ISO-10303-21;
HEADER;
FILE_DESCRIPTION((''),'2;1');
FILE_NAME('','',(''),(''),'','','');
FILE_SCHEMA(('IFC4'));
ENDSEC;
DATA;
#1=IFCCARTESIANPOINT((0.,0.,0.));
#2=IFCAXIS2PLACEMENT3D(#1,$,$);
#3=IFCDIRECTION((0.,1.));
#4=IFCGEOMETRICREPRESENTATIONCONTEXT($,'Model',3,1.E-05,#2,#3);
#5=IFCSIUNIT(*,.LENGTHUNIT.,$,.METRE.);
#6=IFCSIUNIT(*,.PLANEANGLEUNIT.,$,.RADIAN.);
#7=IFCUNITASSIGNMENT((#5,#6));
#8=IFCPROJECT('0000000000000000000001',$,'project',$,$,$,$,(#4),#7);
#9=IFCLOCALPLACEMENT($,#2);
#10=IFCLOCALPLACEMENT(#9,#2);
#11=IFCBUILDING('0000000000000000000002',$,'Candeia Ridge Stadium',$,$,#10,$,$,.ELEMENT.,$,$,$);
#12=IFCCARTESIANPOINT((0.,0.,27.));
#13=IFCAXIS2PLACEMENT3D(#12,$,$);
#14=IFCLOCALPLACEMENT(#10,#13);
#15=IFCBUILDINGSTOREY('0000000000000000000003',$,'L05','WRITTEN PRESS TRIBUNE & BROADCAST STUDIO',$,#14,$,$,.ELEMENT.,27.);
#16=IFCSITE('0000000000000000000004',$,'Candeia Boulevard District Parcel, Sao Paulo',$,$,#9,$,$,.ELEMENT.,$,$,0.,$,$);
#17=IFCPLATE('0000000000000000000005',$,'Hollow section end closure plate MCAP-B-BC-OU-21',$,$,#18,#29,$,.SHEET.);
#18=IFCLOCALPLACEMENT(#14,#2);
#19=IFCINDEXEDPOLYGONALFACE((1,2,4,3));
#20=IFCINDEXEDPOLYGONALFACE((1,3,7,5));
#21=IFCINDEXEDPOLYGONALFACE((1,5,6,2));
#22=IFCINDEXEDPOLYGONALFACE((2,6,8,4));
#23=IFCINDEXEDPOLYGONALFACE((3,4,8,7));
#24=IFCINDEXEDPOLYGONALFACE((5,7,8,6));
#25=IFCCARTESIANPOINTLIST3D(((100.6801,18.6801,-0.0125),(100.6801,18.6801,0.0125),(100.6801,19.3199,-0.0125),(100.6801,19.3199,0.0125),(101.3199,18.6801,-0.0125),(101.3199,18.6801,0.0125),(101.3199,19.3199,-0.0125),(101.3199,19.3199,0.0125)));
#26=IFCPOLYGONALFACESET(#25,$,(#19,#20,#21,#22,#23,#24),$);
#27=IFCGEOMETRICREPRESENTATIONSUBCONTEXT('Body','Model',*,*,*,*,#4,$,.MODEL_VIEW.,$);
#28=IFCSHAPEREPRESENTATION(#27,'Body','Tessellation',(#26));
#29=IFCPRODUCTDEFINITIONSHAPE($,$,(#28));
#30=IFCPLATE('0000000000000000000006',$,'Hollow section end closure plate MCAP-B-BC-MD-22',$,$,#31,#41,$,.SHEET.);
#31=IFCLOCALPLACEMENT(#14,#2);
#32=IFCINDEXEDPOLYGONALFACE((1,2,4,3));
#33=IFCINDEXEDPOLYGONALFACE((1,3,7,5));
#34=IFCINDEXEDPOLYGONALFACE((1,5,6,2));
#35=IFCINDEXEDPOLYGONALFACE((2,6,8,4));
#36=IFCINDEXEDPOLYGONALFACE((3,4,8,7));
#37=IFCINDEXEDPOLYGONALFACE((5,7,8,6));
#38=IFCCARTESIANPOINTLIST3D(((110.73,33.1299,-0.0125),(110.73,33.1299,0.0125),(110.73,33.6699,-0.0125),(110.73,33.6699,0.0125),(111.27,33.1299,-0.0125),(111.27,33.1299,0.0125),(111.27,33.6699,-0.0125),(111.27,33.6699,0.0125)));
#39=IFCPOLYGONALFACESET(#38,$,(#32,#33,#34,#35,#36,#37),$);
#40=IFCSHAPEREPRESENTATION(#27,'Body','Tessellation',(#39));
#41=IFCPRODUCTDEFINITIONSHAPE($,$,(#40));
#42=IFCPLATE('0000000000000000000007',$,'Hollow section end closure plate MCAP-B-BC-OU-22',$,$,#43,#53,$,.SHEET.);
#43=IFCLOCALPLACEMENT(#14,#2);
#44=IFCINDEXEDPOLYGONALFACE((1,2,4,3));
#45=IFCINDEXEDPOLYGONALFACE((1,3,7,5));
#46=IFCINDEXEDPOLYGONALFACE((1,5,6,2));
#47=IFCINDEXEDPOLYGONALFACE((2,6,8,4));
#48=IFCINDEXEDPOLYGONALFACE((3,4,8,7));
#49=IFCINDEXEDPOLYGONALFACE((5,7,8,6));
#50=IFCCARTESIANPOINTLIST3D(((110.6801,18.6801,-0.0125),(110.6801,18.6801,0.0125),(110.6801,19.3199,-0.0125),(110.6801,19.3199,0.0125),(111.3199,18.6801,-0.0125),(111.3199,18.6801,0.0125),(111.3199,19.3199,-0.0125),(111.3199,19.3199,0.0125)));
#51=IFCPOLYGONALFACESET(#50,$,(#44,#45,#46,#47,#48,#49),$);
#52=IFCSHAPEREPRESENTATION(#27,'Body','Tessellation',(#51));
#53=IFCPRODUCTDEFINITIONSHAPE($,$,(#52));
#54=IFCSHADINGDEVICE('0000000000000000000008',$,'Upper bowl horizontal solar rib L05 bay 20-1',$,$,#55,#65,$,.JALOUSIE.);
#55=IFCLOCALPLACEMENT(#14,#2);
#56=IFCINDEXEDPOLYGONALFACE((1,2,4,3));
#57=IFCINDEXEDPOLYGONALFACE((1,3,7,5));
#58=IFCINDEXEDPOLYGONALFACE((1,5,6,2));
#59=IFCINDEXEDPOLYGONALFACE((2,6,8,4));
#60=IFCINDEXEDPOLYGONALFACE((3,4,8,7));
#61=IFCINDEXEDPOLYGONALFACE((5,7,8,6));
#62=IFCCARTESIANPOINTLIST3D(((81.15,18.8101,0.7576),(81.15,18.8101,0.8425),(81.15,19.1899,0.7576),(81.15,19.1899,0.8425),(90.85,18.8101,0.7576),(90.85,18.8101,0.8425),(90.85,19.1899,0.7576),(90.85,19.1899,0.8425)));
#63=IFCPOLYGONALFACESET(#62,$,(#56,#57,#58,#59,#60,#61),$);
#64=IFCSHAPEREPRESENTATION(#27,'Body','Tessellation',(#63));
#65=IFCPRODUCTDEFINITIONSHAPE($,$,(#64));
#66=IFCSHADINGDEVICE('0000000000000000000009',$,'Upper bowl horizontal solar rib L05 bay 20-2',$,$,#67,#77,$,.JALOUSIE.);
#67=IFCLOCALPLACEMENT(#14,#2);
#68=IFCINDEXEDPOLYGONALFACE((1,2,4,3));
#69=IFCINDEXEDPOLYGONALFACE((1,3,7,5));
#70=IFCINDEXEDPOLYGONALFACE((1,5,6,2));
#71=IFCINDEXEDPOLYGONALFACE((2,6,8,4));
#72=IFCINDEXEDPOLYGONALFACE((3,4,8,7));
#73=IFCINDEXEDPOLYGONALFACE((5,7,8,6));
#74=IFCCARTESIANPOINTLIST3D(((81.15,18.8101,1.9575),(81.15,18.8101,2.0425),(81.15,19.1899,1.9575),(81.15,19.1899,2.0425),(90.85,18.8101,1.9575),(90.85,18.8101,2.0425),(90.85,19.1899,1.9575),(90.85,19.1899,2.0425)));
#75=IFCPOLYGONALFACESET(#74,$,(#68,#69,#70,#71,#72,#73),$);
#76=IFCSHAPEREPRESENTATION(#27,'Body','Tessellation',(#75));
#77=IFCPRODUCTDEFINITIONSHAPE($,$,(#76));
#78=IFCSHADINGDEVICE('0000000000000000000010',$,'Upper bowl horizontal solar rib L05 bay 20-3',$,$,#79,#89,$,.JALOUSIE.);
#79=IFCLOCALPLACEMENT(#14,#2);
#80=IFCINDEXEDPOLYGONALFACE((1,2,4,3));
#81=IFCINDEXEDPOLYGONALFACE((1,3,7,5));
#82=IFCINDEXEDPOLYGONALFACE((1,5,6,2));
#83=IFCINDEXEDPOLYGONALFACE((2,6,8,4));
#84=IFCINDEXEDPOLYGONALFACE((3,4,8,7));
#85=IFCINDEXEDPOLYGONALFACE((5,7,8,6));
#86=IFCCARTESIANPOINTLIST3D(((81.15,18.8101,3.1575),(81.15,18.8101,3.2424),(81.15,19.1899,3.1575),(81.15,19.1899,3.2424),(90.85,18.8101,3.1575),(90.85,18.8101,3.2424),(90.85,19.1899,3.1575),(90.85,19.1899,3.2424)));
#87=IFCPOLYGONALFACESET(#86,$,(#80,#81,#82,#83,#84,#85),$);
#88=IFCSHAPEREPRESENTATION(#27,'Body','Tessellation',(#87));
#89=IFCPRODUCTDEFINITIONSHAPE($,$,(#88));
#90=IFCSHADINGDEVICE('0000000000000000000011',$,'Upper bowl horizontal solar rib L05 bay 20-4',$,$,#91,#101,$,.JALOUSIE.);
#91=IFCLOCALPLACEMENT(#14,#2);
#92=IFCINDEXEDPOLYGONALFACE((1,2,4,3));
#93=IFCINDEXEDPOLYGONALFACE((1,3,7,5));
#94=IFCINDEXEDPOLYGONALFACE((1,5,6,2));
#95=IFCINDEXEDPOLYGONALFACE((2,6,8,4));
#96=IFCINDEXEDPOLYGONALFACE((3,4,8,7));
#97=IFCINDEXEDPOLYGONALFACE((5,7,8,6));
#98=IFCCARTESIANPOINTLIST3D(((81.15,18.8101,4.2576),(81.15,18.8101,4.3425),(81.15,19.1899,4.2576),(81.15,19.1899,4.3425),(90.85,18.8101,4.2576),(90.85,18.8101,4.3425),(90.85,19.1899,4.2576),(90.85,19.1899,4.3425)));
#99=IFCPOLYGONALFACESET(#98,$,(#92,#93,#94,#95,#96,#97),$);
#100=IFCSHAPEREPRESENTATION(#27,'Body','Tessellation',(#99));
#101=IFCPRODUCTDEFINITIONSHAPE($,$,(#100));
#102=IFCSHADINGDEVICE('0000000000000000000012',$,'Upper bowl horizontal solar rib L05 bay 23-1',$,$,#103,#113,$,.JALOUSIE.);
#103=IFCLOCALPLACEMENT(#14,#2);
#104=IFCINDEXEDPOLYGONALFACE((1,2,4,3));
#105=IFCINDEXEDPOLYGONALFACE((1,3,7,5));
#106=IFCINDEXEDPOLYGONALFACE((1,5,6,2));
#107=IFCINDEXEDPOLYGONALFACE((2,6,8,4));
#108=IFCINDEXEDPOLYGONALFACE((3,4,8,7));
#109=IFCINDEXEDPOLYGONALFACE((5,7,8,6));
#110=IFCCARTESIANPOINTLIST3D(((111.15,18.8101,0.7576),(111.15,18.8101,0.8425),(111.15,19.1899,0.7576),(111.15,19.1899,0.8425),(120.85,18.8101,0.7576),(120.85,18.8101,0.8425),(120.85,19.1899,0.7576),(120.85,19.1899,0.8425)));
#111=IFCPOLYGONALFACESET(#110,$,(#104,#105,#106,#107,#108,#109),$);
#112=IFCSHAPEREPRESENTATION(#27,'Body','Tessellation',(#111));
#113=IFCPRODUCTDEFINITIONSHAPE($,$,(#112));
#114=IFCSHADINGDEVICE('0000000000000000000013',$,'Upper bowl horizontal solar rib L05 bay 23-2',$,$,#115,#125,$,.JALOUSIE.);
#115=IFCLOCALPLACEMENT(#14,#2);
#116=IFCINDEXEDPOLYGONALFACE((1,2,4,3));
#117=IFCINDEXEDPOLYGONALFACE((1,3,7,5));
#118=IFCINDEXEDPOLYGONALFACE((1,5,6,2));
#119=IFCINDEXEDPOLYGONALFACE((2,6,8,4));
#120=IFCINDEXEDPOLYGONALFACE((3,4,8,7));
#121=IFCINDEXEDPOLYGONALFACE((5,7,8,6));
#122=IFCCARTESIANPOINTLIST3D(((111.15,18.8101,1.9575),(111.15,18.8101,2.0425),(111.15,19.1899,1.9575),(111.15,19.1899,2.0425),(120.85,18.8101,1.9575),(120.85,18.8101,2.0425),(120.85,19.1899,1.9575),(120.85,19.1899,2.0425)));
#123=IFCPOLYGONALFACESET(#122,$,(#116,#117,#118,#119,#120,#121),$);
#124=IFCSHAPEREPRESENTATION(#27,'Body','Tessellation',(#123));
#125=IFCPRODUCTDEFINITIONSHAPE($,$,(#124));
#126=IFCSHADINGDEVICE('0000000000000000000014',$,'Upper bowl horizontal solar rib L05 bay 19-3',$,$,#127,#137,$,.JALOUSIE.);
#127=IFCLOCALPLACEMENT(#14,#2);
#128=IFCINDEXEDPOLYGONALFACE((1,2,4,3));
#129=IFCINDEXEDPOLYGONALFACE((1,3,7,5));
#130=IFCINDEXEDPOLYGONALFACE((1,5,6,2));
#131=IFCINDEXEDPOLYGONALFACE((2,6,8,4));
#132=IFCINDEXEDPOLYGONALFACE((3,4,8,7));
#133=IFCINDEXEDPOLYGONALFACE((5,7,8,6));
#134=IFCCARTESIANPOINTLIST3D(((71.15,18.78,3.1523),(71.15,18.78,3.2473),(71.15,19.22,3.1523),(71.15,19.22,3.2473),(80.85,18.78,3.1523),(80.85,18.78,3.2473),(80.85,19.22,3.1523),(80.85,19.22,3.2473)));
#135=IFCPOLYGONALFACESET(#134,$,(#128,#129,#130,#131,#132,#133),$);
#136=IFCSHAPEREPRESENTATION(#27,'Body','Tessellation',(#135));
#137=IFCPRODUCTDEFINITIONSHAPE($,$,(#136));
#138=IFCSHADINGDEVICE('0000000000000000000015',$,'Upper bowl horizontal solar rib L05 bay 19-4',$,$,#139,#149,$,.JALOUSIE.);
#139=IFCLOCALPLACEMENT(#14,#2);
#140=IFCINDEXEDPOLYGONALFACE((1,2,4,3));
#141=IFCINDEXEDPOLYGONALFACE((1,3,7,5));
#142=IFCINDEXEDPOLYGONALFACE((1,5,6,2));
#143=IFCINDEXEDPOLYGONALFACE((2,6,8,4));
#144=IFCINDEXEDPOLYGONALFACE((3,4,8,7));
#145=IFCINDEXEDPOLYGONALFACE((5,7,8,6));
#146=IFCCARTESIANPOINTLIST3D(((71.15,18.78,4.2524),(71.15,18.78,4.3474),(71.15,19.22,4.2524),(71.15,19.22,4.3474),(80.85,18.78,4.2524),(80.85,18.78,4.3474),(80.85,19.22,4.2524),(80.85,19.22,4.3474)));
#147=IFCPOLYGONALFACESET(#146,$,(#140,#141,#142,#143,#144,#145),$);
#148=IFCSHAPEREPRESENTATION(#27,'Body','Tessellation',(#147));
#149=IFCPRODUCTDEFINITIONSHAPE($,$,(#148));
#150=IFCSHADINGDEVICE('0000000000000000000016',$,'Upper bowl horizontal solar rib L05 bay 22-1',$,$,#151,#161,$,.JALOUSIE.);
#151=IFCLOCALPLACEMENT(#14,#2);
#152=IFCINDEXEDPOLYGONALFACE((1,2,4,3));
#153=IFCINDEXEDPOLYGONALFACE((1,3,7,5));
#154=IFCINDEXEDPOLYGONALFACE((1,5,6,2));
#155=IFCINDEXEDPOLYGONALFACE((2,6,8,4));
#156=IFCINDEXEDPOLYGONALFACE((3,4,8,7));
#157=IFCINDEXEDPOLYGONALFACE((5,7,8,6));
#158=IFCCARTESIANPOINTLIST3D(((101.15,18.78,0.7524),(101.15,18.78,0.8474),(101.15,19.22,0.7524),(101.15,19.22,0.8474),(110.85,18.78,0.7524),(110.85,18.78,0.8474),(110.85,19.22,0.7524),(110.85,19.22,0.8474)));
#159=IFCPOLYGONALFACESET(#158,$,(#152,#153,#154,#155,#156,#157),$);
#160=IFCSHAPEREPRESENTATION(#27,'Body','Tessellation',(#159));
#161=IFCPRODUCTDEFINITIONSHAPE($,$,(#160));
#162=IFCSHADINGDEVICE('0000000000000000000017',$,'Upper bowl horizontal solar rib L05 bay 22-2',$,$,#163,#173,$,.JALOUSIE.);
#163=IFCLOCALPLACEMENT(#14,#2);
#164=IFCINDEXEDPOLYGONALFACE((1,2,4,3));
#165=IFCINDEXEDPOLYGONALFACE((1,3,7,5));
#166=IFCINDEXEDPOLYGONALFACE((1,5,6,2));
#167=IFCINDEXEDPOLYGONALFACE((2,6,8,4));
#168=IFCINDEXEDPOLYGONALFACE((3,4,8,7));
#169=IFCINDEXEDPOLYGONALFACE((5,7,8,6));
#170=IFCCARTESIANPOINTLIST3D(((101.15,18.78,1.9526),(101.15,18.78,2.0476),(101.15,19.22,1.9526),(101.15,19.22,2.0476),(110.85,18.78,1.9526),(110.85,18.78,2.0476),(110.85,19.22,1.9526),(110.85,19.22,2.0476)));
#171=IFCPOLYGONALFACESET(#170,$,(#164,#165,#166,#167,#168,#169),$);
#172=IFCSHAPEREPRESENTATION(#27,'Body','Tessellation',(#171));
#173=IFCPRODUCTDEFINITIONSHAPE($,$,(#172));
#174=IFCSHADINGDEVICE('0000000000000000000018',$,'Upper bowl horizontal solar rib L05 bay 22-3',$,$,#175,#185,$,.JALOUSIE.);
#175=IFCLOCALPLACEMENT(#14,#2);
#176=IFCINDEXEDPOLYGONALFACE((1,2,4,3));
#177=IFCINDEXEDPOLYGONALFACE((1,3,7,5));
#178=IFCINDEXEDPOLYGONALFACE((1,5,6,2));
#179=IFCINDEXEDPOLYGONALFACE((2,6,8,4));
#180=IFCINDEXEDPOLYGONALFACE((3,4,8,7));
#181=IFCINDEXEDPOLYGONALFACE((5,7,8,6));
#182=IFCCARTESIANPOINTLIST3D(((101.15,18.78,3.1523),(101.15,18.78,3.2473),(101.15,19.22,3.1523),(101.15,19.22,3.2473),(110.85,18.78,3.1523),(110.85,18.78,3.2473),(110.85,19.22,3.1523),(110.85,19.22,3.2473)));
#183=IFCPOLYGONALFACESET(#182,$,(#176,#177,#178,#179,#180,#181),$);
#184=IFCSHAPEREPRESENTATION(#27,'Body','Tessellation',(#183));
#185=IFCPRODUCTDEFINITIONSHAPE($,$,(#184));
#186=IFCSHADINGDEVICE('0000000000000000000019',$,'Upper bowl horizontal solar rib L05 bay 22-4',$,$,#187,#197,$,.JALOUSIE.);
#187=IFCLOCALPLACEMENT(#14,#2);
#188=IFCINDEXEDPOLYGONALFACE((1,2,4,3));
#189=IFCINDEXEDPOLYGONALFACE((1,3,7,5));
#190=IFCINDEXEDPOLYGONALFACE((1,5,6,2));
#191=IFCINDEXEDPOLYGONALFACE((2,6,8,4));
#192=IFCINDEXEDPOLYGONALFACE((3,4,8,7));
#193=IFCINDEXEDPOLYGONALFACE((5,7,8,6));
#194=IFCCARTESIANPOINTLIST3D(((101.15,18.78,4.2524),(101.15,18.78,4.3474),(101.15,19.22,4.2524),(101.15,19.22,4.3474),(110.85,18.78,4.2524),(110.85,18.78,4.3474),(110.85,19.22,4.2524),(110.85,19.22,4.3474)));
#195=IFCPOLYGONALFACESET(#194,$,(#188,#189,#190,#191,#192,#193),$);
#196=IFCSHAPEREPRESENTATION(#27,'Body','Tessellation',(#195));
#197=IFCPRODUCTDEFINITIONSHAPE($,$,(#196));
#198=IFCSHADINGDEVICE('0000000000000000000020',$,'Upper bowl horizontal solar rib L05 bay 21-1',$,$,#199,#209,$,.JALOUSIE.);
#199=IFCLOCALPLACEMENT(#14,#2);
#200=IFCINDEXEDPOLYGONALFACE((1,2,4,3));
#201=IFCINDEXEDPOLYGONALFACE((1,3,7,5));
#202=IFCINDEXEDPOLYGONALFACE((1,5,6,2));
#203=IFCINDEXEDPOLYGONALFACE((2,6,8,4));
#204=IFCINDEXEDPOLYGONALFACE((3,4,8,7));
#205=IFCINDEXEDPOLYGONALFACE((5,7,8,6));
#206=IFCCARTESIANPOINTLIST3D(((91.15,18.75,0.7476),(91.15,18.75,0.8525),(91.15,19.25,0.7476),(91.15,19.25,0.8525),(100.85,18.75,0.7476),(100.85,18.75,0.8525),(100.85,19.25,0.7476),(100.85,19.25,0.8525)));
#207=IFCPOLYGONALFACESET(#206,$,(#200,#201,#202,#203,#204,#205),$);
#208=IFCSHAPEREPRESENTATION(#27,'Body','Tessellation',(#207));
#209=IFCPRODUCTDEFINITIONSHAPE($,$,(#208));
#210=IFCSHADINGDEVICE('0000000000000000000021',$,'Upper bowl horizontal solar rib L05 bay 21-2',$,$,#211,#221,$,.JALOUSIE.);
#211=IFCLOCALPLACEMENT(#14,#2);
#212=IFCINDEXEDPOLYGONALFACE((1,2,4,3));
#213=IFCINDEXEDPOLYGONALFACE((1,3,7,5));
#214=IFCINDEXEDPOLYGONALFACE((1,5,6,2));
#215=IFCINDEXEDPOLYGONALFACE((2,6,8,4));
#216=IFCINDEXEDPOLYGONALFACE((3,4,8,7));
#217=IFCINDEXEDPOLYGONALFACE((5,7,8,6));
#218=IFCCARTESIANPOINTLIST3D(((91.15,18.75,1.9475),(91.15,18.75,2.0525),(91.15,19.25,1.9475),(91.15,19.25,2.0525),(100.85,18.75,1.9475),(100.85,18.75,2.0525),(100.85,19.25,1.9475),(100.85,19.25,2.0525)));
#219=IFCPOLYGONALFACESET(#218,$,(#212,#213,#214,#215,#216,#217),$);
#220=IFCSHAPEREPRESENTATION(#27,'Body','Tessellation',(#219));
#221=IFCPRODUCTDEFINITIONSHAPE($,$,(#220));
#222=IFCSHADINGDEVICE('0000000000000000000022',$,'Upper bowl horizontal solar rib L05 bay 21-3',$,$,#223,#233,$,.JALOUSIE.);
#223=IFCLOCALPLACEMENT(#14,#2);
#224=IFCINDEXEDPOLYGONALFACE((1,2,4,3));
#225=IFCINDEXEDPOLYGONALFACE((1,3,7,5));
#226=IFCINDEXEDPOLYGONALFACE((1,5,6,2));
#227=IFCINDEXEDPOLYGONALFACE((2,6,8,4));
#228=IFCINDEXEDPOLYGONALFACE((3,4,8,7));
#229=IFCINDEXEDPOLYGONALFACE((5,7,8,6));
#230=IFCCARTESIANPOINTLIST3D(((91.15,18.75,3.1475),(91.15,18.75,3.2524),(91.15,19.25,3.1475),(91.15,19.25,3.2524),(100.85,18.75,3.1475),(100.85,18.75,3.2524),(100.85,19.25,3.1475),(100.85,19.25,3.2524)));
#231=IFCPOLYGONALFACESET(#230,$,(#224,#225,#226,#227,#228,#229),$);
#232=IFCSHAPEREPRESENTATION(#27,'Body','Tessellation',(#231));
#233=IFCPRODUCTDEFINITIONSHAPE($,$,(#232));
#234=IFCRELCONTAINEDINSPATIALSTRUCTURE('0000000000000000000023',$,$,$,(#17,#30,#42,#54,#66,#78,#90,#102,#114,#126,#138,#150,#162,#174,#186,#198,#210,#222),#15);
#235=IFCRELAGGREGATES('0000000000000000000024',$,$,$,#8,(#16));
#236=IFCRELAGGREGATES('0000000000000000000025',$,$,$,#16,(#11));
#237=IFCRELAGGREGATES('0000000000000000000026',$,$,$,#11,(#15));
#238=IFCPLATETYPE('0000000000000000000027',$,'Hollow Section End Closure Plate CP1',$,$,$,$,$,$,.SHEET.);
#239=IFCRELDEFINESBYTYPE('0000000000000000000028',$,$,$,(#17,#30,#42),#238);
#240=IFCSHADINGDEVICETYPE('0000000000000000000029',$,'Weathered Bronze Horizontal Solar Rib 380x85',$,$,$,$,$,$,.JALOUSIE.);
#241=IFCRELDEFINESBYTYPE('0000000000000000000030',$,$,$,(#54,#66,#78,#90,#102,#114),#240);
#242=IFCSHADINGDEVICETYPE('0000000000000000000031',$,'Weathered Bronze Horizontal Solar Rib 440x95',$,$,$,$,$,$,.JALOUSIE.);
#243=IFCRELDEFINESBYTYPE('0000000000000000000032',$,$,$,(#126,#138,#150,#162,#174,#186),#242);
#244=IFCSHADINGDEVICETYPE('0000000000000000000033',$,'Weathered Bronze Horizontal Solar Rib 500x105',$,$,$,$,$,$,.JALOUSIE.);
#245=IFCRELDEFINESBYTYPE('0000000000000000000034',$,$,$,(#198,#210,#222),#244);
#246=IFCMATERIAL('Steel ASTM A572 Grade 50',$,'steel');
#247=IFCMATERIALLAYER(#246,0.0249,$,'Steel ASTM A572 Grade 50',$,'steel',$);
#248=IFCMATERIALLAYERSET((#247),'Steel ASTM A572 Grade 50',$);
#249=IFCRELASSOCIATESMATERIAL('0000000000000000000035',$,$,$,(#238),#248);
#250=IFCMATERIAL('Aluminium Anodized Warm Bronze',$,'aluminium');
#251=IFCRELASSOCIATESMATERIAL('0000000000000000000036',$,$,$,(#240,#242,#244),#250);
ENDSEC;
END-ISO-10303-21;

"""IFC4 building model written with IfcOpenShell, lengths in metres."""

from ifc_helpers import new_model, si_unit, direction, frame, origin, origin_2d, place, context, subcontext, project, spatial, rectangle, extrude, material, layer, layer_set, type_object, element, save


model = new_model("IFC4")

# Units and contexts
model_context = context("Model", 3, precision=1e-05, world=origin(), true_north=direction((0.0, 1.0)))
body_context = subcontext(model_context, "Body", "Model", "MODEL_VIEW")
ifc_project = project(units=[si_unit("LENGTHUNIT", "METRE"), si_unit("PLANEANGLEUNIT", "RADIAN")], contexts=[model_context])

# Site, building, storey
site_placement = place(None, origin())
site = spatial("IfcSite", under=ifc_project, at=site_placement, Name="Candeia Boulevard District Parcel, Sao Paulo", CompositionType="ELEMENT", RefElevation=0.0)
building_placement = place(site_placement, origin())
building = spatial("IfcBuilding", under=site, at=building_placement, Name="Candeia Ridge Stadium", CompositionType="ELEMENT")
storey_placement = place(building_placement, frame((0.0, 0.0, 27.0)))
storey = spatial("IfcBuildingStorey", under=building, at=storey_placement, Name="L05", Description="WRITTEN PRESS TRIBUNE & BROADCAST STUDIO", CompositionType="ELEMENT", Elevation=27.0)

# Shared definitions
ifc_material_1 = material(Name="Steel ASTM A572 Grade 50", Category="steel")

# Plates
ifc_layer = layer(ifc_material_1, 0.0249, Name="Steel ASTM A572 Grade 50", Category="steel")
ifc_layer_set = layer_set([ifc_layer], Name="Steel ASTM A572 Grade 50")
plate_type = type_object("IfcPlateType", Name="Hollow Section End Closure Plate CP1", PredefinedType="SHEET", material=ifc_layer_set)
plate_1_placement = place(storey_placement, frame((101.0, 19.0, -0.0125), z_axis=(0.0, 0.0, 1.0), x_axis=(1.0, 0.0, 0.0)))
element("IfcPlate", 1, at=plate_1_placement, inside=storey, type_object=plate_type, Name="Hollow section end closure plate MCAP-B-BC-OU-21", PredefinedType="SHEET", context=body_context, shape_type="SweptSolid", body=[
    extrude(rectangle(XDim=0.6399, YDim=0.6399, at=origin_2d()), origin(), (0.0, 0.0, 1.0), 0.0249),
])
plate_2_placement = place(storey_placement, frame((111.0, 33.3999, -0.0125), z_axis=(0.0, 0.0, 1.0), x_axis=(1.0, 0.0, 0.0)))
element("IfcPlate", 2, at=plate_2_placement, inside=storey, type_object=plate_type, Name="Hollow section end closure plate MCAP-B-BC-MD-22", PredefinedType="SHEET", context=body_context, shape_type="SweptSolid", body=[
    extrude(rectangle(XDim=0.54, YDim=0.54, at=origin_2d()), origin(), (0.0, 0.0, 1.0), 0.0249),
])
plate_3_placement = place(storey_placement, frame((111.0, 19.0, -0.0125), z_axis=(0.0, 0.0, 1.0), x_axis=(1.0, 0.0, 0.0)))
element("IfcPlate", 3, at=plate_3_placement, inside=storey, type_object=plate_type, Name="Hollow section end closure plate MCAP-B-BC-OU-22", PredefinedType="SHEET", context=body_context, shape_type="SweptSolid", body=[
    extrude(rectangle(XDim=0.6399, YDim=0.6399, at=origin_2d()), origin(), (0.0, 0.0, 1.0), 0.0249),
])

# Shading devices
ifc_material_2 = material(Name="Aluminium Anodized Warm Bronze", Category="aluminium")
shading_device_type_1 = type_object("IfcShadingDeviceType", Name="Weathered Bronze Horizontal Solar Rib 380x85", PredefinedType="JALOUSIE", material=ifc_material_2)
for number, where, z_axis, x_axis, name in (
    (4, (86.0, 19.0, 0.7576), (0.0, 0.0, 1.0), (1.0, 0.0, 0.0), "Upper bowl horizontal solar rib L05 bay 20-1"),
    (5, (86.0, 19.0, 1.9575), (0.0, 0.0, 1.0), (1.0, 0.0, 0.0), "Upper bowl horizontal solar rib L05 bay 20-2"),
    (6, (86.0, 19.0, 3.1575), (0.0, 0.0, 1.0), (1.0, 0.0, 0.0), "Upper bowl horizontal solar rib L05 bay 20-3"),
    (7, (86.0, 19.0, 4.2576), (0.0, 0.0, 1.0), (1.0, 0.0, 0.0), "Upper bowl horizontal solar rib L05 bay 20-4"),
    (8, (116.0, 19.0, 0.7576), (0.0, 0.0, 1.0), (1.0, 0.0, 0.0), "Upper bowl horizontal solar rib L05 bay 23-1"),
    (9, (116.0, 19.0, 1.9575), (0.0, 0.0, 1.0), (1.0, 0.0, 0.0), "Upper bowl horizontal solar rib L05 bay 23-2"),
):
    element("IfcShadingDevice", number, at=place(storey_placement, frame(where, z_axis=z_axis, x_axis=x_axis)), inside=storey, type_object=shading_device_type_1, Name=name, PredefinedType="JALOUSIE", context=body_context, shape_type="SweptSolid", body=[
        extrude(rectangle(XDim=9.7, YDim=0.3799, at=origin_2d()), origin(), (0.0, 0.0, 1.0), 0.085),
    ])
shading_device_type_2 = type_object("IfcShadingDeviceType", Name="Weathered Bronze Horizontal Solar Rib 440x95", PredefinedType="JALOUSIE", material=ifc_material_2)
for number, where, z_axis, x_axis, name in (
    (10, (76.0, 19.0, 3.1523), (0.0, 0.0, 1.0), (1.0, 0.0, 0.0), "Upper bowl horizontal solar rib L05 bay 19-3"),
    (11, (76.0, 19.0, 4.2524), (0.0, 0.0, 1.0), (1.0, 0.0, 0.0), "Upper bowl horizontal solar rib L05 bay 19-4"),
    (12, (106.0, 19.0, 0.7524), (0.0, 0.0, 1.0), (1.0, 0.0, 0.0), "Upper bowl horizontal solar rib L05 bay 22-1"),
    (13, (106.0, 19.0, 1.9526), (0.0, 0.0, 1.0), (1.0, 0.0, 0.0), "Upper bowl horizontal solar rib L05 bay 22-2"),
    (14, (106.0, 19.0, 3.1523), (0.0, 0.0, 1.0), (1.0, 0.0, 0.0), "Upper bowl horizontal solar rib L05 bay 22-3"),
    (15, (106.0, 19.0, 4.2524), (0.0, 0.0, 1.0), (1.0, 0.0, 0.0), "Upper bowl horizontal solar rib L05 bay 22-4"),
):
    element("IfcShadingDevice", number, at=place(storey_placement, frame(where, z_axis=z_axis, x_axis=x_axis)), inside=storey, type_object=shading_device_type_2, Name=name, PredefinedType="JALOUSIE", context=body_context, shape_type="SweptSolid", body=[
        extrude(rectangle(XDim=9.7, YDim=0.4399, at=origin_2d()), origin(), (0.0, 0.0, 1.0), 0.095),
    ])
shading_device_type_3 = type_object("IfcShadingDeviceType", Name="Weathered Bronze Horizontal Solar Rib 500x105", PredefinedType="JALOUSIE", material=ifc_material_2)
for number, where, z_axis, x_axis, name in (
    (16, (96.0, 19.0, 0.7476), (0.0, 0.0, 1.0), (1.0, 0.0, 0.0), "Upper bowl horizontal solar rib L05 bay 21-1"),
    (17, (96.0, 19.0, 1.9475), (0.0, 0.0, 1.0), (1.0, 0.0, 0.0), "Upper bowl horizontal solar rib L05 bay 21-2"),
    (18, (96.0, 19.0, 3.1475), (0.0, 0.0, 1.0), (1.0, 0.0, 0.0), "Upper bowl horizontal solar rib L05 bay 21-3"),
):
    element("IfcShadingDevice", number, at=place(storey_placement, frame(where, z_axis=z_axis, x_axis=x_axis)), inside=storey, type_object=shading_device_type_3, Name=name, PredefinedType="JALOUSIE", context=body_context, shape_type="SweptSolid", body=[
        extrude(rectangle(XDim=9.7, YDim=0.5, at=origin_2d()), origin(), (0.0, 0.0, 1.0), 0.105),
    ])

save(model, "model.ifc")
